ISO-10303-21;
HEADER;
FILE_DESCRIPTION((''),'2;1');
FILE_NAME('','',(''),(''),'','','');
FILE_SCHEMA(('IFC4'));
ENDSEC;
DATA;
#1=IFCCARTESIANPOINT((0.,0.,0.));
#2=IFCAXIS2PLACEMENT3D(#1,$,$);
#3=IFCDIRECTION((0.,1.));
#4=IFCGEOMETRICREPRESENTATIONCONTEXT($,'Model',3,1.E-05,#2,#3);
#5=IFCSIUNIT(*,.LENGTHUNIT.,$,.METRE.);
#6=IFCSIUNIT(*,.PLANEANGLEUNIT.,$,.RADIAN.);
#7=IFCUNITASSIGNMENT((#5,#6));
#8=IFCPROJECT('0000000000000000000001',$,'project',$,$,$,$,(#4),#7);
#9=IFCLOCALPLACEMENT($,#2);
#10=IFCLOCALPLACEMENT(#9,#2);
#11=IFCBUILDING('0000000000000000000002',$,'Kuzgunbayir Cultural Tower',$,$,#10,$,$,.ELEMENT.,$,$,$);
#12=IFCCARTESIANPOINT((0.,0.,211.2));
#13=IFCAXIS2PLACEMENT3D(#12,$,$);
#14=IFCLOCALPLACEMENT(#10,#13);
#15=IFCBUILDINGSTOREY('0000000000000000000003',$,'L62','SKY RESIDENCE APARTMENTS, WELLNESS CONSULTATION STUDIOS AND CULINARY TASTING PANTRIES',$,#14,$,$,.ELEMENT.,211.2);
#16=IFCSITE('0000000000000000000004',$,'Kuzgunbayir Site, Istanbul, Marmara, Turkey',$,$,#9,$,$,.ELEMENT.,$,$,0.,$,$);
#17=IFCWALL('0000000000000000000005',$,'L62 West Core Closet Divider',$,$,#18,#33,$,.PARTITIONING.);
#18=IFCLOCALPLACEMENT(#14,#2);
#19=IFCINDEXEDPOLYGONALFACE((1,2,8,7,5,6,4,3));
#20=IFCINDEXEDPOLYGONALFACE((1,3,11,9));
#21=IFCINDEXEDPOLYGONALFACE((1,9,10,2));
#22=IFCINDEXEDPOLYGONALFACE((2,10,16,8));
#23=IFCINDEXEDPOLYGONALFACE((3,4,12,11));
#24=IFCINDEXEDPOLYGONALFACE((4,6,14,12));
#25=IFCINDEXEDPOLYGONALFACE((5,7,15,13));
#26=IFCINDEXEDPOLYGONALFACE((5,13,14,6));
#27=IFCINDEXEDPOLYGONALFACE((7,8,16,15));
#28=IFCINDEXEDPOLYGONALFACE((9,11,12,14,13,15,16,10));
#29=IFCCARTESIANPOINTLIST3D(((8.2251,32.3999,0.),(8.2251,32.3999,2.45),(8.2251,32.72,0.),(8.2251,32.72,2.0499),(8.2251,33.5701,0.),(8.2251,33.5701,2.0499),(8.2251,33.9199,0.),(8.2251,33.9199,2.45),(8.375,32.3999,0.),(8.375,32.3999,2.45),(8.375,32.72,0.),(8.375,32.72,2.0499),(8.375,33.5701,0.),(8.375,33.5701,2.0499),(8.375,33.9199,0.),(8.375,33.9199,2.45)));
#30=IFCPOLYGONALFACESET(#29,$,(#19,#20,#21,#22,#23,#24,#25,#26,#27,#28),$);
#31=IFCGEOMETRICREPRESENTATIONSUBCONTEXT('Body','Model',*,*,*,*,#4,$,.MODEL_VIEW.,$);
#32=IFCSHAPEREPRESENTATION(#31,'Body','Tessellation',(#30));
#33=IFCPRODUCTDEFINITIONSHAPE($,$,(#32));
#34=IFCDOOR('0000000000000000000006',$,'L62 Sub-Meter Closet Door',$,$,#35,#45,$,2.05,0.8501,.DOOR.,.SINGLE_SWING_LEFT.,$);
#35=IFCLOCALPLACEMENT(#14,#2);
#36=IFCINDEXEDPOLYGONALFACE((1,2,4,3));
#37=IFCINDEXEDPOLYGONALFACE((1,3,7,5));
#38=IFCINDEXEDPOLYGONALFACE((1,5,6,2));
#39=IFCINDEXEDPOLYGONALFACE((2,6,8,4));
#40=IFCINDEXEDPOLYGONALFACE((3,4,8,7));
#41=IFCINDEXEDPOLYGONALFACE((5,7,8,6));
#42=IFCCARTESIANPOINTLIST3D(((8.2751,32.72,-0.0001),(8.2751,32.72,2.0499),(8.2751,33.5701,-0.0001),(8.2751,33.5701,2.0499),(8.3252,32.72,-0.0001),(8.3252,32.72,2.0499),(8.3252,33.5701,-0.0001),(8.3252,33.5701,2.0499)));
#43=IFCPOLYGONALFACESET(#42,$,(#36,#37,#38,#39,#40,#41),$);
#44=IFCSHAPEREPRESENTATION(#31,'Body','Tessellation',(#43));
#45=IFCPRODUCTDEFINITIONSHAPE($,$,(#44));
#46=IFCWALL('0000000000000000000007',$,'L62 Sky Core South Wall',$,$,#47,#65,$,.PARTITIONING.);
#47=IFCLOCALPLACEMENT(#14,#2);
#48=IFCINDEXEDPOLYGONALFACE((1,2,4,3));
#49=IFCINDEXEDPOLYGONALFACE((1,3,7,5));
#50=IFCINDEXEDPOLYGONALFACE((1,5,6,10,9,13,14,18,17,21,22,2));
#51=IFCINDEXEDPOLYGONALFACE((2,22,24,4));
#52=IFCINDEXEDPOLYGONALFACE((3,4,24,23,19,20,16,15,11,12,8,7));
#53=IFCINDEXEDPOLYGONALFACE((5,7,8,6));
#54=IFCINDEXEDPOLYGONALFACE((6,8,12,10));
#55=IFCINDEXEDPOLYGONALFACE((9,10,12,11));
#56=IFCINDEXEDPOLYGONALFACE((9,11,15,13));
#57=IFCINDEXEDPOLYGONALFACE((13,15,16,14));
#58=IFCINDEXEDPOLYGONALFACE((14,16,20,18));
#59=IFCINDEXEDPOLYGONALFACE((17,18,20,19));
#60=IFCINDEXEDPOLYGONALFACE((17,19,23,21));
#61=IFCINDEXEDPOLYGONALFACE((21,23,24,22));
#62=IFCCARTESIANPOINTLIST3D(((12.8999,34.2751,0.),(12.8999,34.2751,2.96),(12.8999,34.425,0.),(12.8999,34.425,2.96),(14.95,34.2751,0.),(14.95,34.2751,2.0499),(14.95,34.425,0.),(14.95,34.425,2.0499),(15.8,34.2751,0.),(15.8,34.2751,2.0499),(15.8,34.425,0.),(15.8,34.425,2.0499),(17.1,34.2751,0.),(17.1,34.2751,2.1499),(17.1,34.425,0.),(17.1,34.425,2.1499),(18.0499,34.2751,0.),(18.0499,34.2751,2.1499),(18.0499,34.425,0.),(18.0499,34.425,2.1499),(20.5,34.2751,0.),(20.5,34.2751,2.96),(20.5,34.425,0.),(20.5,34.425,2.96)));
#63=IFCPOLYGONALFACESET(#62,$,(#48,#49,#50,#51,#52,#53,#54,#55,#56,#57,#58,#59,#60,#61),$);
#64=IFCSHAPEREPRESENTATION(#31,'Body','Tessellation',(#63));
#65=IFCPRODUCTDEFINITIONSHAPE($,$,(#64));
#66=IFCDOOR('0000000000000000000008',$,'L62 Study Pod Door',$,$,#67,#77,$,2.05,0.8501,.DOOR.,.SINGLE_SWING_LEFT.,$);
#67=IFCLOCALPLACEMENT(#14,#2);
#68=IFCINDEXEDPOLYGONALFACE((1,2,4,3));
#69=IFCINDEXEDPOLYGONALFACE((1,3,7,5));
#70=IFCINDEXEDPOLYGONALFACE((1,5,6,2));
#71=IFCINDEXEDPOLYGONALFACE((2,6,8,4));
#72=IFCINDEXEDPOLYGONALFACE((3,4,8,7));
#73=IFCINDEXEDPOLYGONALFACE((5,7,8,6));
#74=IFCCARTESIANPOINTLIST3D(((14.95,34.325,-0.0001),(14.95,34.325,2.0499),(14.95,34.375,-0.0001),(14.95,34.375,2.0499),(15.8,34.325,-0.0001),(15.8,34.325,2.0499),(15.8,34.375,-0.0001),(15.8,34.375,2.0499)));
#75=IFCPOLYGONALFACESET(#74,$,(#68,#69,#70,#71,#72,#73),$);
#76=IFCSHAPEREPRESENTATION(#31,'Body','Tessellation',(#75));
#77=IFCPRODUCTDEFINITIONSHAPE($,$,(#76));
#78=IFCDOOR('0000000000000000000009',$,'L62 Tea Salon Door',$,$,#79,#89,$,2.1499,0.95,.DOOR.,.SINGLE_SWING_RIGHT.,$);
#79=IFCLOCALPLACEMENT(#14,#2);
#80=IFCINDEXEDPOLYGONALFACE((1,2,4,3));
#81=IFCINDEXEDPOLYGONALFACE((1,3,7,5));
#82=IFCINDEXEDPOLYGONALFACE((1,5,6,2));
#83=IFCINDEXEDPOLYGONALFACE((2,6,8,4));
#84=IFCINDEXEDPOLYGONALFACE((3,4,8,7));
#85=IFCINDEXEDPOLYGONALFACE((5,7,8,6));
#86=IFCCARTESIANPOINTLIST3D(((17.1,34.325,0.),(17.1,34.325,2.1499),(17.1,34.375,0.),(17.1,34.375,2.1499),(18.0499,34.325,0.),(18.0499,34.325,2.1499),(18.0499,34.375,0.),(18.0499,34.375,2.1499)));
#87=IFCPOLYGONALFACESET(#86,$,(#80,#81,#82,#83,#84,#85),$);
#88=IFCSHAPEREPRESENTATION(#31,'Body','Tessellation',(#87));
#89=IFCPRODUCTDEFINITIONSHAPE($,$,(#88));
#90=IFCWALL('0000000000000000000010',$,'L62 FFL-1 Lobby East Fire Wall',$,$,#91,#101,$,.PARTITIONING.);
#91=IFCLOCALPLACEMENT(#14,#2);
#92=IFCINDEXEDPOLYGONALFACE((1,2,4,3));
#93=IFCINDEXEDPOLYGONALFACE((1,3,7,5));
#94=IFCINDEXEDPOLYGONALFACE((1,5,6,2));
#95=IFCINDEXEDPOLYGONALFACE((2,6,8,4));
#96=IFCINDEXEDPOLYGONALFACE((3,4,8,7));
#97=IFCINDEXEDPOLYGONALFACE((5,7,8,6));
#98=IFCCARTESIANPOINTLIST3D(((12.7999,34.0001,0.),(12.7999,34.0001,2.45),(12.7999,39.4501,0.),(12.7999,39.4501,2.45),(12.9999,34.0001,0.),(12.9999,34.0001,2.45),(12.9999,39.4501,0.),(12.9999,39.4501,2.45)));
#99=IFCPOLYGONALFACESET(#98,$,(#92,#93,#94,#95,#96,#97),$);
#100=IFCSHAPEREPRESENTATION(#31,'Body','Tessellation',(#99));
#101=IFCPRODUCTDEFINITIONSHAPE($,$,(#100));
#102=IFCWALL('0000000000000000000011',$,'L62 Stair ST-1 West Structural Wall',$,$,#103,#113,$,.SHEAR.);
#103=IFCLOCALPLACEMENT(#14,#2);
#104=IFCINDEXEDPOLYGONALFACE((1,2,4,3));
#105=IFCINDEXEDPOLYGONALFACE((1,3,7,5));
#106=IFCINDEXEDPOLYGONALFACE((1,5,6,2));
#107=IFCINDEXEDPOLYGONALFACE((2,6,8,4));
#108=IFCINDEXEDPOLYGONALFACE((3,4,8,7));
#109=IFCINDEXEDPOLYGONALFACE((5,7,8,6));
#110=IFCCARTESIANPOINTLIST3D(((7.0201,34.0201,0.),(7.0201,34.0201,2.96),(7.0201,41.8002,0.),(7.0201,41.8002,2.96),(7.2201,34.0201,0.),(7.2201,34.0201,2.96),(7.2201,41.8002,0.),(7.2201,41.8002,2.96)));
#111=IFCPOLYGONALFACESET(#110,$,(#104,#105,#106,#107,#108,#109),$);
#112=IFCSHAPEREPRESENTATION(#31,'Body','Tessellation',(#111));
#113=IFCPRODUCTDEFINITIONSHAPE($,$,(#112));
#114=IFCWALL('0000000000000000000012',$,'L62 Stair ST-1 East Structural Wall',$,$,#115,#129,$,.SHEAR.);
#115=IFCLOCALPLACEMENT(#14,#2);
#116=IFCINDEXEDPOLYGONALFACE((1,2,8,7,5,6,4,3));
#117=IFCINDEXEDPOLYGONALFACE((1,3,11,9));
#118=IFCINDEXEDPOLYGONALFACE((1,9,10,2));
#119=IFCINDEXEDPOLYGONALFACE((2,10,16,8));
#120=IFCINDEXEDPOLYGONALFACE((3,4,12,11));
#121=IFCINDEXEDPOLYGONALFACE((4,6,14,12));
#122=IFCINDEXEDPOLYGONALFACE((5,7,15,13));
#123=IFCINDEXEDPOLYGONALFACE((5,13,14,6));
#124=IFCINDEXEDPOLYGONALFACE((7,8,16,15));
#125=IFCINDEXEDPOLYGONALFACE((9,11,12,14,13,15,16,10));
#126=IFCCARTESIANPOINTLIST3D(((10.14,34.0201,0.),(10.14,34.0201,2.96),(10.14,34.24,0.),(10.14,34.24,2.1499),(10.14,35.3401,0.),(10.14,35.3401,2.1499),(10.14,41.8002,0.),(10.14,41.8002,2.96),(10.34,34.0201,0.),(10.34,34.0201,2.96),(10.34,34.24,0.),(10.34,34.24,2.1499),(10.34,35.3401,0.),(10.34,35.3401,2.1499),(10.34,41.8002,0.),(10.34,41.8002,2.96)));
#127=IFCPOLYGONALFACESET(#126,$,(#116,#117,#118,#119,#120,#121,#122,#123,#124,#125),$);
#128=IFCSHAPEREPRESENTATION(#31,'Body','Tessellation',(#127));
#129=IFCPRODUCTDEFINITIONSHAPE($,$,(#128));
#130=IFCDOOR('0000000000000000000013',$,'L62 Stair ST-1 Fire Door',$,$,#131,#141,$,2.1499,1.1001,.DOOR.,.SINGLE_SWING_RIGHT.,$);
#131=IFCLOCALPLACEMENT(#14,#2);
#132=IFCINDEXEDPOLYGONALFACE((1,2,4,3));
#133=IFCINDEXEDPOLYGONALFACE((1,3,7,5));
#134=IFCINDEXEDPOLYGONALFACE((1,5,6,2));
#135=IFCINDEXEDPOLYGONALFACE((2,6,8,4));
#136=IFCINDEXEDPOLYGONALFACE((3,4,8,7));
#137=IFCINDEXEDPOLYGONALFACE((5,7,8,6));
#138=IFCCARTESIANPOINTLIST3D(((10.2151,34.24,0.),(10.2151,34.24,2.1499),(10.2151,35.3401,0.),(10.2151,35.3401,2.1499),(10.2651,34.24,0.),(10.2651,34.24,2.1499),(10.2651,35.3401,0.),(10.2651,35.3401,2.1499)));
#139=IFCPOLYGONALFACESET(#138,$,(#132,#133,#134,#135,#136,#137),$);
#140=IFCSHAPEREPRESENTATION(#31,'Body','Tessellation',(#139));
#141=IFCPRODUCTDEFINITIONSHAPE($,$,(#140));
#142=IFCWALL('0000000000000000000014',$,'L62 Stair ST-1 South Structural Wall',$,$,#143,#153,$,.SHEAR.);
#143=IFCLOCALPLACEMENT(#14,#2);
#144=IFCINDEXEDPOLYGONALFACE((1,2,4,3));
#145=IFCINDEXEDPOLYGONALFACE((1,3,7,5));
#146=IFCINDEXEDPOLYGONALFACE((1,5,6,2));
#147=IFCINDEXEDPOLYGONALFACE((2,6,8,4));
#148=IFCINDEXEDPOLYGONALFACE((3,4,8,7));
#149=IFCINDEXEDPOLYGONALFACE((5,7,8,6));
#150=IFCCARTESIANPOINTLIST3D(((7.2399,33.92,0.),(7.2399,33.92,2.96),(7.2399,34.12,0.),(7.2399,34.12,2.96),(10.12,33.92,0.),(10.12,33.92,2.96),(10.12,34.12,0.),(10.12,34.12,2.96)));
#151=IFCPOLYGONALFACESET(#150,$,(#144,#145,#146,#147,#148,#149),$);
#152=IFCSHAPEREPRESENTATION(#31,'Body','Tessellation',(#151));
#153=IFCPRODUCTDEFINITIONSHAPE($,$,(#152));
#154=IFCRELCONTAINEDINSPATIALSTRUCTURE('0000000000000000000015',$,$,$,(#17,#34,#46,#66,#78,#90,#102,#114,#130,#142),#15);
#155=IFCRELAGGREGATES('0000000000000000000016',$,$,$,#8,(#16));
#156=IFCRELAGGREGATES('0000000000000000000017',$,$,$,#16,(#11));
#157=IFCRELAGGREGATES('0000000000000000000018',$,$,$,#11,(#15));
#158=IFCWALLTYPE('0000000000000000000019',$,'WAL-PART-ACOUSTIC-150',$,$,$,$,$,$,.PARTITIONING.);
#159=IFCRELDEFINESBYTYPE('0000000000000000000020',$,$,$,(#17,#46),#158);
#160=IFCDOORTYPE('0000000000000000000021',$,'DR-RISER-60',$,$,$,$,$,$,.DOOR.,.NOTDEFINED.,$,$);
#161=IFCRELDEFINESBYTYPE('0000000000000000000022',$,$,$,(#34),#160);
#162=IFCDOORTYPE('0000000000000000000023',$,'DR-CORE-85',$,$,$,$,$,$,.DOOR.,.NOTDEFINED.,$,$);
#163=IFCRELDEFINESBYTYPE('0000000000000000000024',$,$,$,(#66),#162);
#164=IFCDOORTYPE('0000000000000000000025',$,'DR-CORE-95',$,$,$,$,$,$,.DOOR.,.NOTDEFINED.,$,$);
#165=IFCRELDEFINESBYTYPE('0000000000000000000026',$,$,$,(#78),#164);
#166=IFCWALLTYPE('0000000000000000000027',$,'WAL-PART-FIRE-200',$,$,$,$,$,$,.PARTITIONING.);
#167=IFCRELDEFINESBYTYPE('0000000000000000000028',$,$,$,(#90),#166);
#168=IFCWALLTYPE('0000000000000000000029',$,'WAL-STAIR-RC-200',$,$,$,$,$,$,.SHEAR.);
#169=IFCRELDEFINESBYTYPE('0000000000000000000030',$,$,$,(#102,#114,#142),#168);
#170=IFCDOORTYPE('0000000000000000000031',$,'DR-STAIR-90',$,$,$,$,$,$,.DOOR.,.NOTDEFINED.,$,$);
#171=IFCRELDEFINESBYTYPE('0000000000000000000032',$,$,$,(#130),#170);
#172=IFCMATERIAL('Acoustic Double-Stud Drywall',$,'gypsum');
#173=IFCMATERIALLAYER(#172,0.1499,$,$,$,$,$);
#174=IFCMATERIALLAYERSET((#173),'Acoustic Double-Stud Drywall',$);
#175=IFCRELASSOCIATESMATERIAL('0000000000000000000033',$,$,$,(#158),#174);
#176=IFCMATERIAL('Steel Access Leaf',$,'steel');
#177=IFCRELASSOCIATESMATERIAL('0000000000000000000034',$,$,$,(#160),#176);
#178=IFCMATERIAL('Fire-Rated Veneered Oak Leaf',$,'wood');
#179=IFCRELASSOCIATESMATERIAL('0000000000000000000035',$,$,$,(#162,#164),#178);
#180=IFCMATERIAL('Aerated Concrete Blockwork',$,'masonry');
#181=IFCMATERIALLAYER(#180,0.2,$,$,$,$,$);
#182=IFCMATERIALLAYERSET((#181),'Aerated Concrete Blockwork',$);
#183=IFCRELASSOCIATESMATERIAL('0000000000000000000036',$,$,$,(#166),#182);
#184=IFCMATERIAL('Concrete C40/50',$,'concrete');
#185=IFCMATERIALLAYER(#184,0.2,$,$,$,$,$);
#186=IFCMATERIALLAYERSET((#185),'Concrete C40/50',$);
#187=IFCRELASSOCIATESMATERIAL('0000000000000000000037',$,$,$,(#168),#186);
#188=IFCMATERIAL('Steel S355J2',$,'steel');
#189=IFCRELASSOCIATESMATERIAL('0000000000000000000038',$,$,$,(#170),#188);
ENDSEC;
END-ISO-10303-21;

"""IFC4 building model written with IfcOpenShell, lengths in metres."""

from ifc_helpers import new_model, si_unit, direction, frame, frame_2d, origin, place, context, subcontext, project, spatial, rectangle, extrude, material, layer, layer_set, type_object, element, fill, save


model = new_model("IFC4")

# Units and contexts
model_context = context("Model", 3, precision=1e-05, world=origin(), true_north=direction((0.0, 1.0)))
body_context = subcontext(model_context, "Body", "Model", "MODEL_VIEW")
ifc_project = project(units=[si_unit("LENGTHUNIT", "METRE"), si_unit("PLANEANGLEUNIT", "RADIAN")], contexts=[model_context])

# Site, building, storey
site_placement = place(None, origin())
site = spatial("IfcSite", under=ifc_project, at=site_placement, Name="Kuzgunbayir Site, Istanbul, Marmara, Turkey", CompositionType="ELEMENT", RefElevation=0.0)
building_placement = place(site_placement, origin())
building = spatial("IfcBuilding", under=site, at=building_placement, Name="Kuzgunbayir Cultural Tower", CompositionType="ELEMENT")
storey_placement = place(building_placement, frame((0.0, 0.0, 211.2)))
storey = spatial("IfcBuildingStorey", under=building, at=storey_placement, Name="L62", Description="SKY RESIDENCE APARTMENTS, WELLNESS CONSULTATION STUDIOS AND CULINARY TASTING PANTRIES", CompositionType="ELEMENT", Elevation=211.2)

# Shared definitions
ifc_material_1 = material(Name="Steel S355J2", Category="steel")

# Wall, opening, door
ifc_material_2 = material(Name="Acoustic Double-Stud Drywall", Category="gypsum")
ifc_layer_1 = layer(ifc_material_2, 0.1499)
ifc_layer_set_1 = layer_set([ifc_layer_1], Name="Acoustic Double-Stud Drywall")
wall_type_1 = type_object("IfcWallType", Name="WAL-PART-ACOUSTIC-150", PredefinedType="PARTITIONING", material=ifc_layer_set_1)
wall_1_placement = place(storey_placement, frame((8.3, 32.3999, 0.0), z_axis=(0.0, 0.0, 1.0), x_axis=(0.0, 1.0, 0.0)))
wall_1 = element("IfcWall", 1, at=wall_1_placement, inside=storey, type_object=wall_type_1, Name="L62 West Core Closet Divider", PredefinedType="PARTITIONING", context=body_context, shape_type="SweptSolid", body=[
    extrude(rectangle(XDim=1.52, YDim=0.1499, at=frame_2d((0.76, 0.0))), origin(), (0.0, 0.0, 1.0), 2.45),
])
opening_1_placement = place(wall_1_placement, frame((0.3201, 0.0, 0.0)))
opening_1 = element("IfcOpeningElement", 2, at=opening_1_placement, cuts=wall_1, PredefinedType="OPENING", context=body_context, shape_type="SweptSolid", body=[
    extrude(rectangle(XDim=0.8501, YDim=2.05, at=frame_2d((0.425, 1.0249))), frame((0.0, 0.085, 0.0), z_axis=(0.0, -1.0, 0.0), x_axis=(1.0, 0.0, 0.0)), (0.0, 0.0, 1.0), 0.1699),
])
ifc_material_3 = material(Name="Steel Access Leaf", Category="steel")
door_type_1 = type_object("IfcDoorType", Name="DR-RISER-60", OperationType="NOTDEFINED", PredefinedType="DOOR", material=ifc_material_3)
door_1_placement = place(opening_1_placement, origin())
door_1 = element("IfcDoor", 3, at=door_1_placement, inside=storey, type_object=door_type_1, Name="L62 Sub-Meter Closet Door", OperationType="SINGLE_SWING_LEFT", OverallHeight=2.05, OverallWidth=0.8501, PredefinedType="DOOR", context=body_context, shape_type="SweptSolid", body=[
    extrude(rectangle(XDim=0.8501, YDim=2.05, at=frame_2d((0.425, 1.0249))), frame((0.0, 0.0249, 0.0), z_axis=(0.0, -1.0, 0.0), x_axis=(1.0, 0.0, 0.0)), (0.0, 0.0, 1.0), 0.05),
])
fill(opening_1, door_1)

# Wall, openings, doors
wall_2_placement = place(storey_placement, frame((12.8999, 34.3501, 0.0), z_axis=(0.0, 0.0, 1.0), x_axis=(1.0, 0.0, 0.0)))
wall_2 = element("IfcWall", 4, at=wall_2_placement, inside=storey, type_object=wall_type_1, Name="L62 Sky Core South Wall", PredefinedType="PARTITIONING", context=body_context, shape_type="SweptSolid", body=[
    extrude(rectangle(XDim=7.6001, YDim=0.1499, at=frame_2d((3.8, 0.0))), origin(), (0.0, 0.0, 1.0), 2.96),
])
opening_2_placement = place(wall_2_placement, frame((2.05, 0.0, 0.0)))
opening_2 = element("IfcOpeningElement", 5, at=opening_2_placement, cuts=wall_2, PredefinedType="OPENING", context=body_context, shape_type="SweptSolid", body=[
    extrude(rectangle(XDim=0.8501, YDim=2.05, at=frame_2d((0.425, 1.0249))), frame((0.0, 0.085, 0.0), z_axis=(0.0, -1.0, 0.0), x_axis=(1.0, 0.0, 0.0)), (0.0, 0.0, 1.0), 0.1699),
])
opening_3_placement = place(wall_2_placement, frame((4.2, 0.0, 0.0)))
opening_3 = element("IfcOpeningElement", 6, at=opening_3_placement, cuts=wall_2, PredefinedType="OPENING", context=body_context, shape_type="SweptSolid", body=[
    extrude(rectangle(XDim=0.95, YDim=2.1499, at=frame_2d((0.4751, 1.075))), frame((0.0, 0.085, 0.0), z_axis=(0.0, -1.0, 0.0), x_axis=(1.0, 0.0, 0.0)), (0.0, 0.0, 1.0), 0.1699),
])
ifc_material_4 = material(Name="Fire-Rated Veneered Oak Leaf", Category="wood")
door_type_2 = type_object("IfcDoorType", Name="DR-CORE-85", OperationType="NOTDEFINED", PredefinedType="DOOR", material=ifc_material_4)
door_2_placement = place(opening_2_placement, origin())
door_2 = element("IfcDoor", 7, at=door_2_placement, inside=storey, type_object=door_type_2, Name="L62 Study Pod Door", OperationType="SINGLE_SWING_LEFT", OverallHeight=2.05, OverallWidth=0.8501, PredefinedType="DOOR", context=body_context, shape_type="SweptSolid", body=[
    extrude(rectangle(XDim=0.8501, YDim=2.05, at=frame_2d((0.425, 1.0249))), frame((0.0, 0.0249, 0.0), z_axis=(0.0, -1.0, 0.0), x_axis=(1.0, 0.0, 0.0)), (0.0, 0.0, 1.0), 0.05),
])
fill(opening_2, door_2)
door_type_3 = type_object("IfcDoorType", Name="DR-CORE-95", OperationType="NOTDEFINED", PredefinedType="DOOR", material=ifc_material_4)
door_3_placement = place(opening_3_placement, origin())
door_3 = element("IfcDoor", 8, at=door_3_placement, inside=storey, type_object=door_type_3, Name="L62 Tea Salon Door", OperationType="SINGLE_SWING_RIGHT", OverallHeight=2.1499, OverallWidth=0.95, PredefinedType="DOOR", context=body_context, shape_type="SweptSolid", body=[
    extrude(rectangle(XDim=0.95, YDim=2.1499, at=frame_2d((0.4751, 1.075))), frame((0.0, 0.0249, 0.0), z_axis=(0.0, -1.0, 0.0), x_axis=(1.0, 0.0, 0.0)), (0.0, 0.0, 1.0), 0.05),
])
fill(opening_3, door_3)

# Wall
ifc_material_5 = material(Name="Aerated Concrete Blockwork", Category="masonry")
ifc_layer_2 = layer(ifc_material_5, 0.2)
ifc_layer_set_2 = layer_set([ifc_layer_2], Name="Aerated Concrete Blockwork")
wall_type_2 = type_object("IfcWallType", Name="WAL-PART-FIRE-200", PredefinedType="PARTITIONING", material=ifc_layer_set_2)
wall_3_placement = place(storey_placement, frame((12.8999, 34.0, 0.0), z_axis=(0.0, 0.0, 1.0), x_axis=(0.0, 1.0, 0.0)))
element("IfcWall", 9, at=wall_3_placement, inside=storey, type_object=wall_type_2, Name="L62 FFL-1 Lobby East Fire Wall", PredefinedType="PARTITIONING", context=body_context, shape_type="SweptSolid", body=[
    extrude(rectangle(XDim=5.45, YDim=0.2, at=frame_2d((2.7251, 0.0))), origin(), (0.0, 0.0, 1.0), 2.45),
])

# Wall
ifc_material_6 = material(Name="Concrete C40/50", Category="concrete")
ifc_layer_3 = layer(ifc_material_6, 0.2)
ifc_layer_set_3 = layer_set([ifc_layer_3], Name="Concrete C40/50")
wall_type_3 = type_object("IfcWallType", Name="WAL-STAIR-RC-200", PredefinedType="SHEAR", material=ifc_layer_set_3)
wall_4_placement = place(storey_placement, frame((7.1201, 34.02, 0.0), z_axis=(0.0, 0.0, 1.0), x_axis=(0.0, 1.0, 0.0)))
element("IfcWall", 10, at=wall_4_placement, inside=storey, type_object=wall_type_3, Name="L62 Stair ST-1 West Structural Wall", PredefinedType="SHEAR", context=body_context, shape_type="SweptSolid", body=[
    extrude(rectangle(XDim=7.78, YDim=0.2, at=frame_2d((3.8901, 0.0))), origin(), (0.0, 0.0, 1.0), 2.96),
])

# Wall, opening, door
wall_5_placement = place(storey_placement, frame((10.24, 34.02, 0.0), z_axis=(0.0, 0.0, 1.0), x_axis=(0.0, 1.0, 0.0)))
wall_5 = element("IfcWall", 11, at=wall_5_placement, inside=storey, type_object=wall_type_3, Name="L62 Stair ST-1 East Structural Wall", PredefinedType="SHEAR", context=body_context, shape_type="SweptSolid", body=[
    extrude(rectangle(XDim=7.78, YDim=0.2, at=frame_2d((3.8901, 0.0))), origin(), (0.0, 0.0, 1.0), 2.96),
])
opening_4_placement = place(wall_5_placement, frame((0.22, 0.0, 0.0)))
opening_4 = element("IfcOpeningElement", 12, at=opening_4_placement, cuts=wall_5, PredefinedType="OPENING", context=body_context, shape_type="SweptSolid", body=[
    extrude(rectangle(XDim=1.1001, YDim=2.1499, at=frame_2d((0.55, 1.075))), frame((0.0, 0.1099, 0.0), z_axis=(0.0, -1.0, 0.0), x_axis=(1.0, 0.0, 0.0)), (0.0, 0.0, 1.0), 0.22),
])
door_type_4 = type_object("IfcDoorType", Name="DR-STAIR-90", OperationType="NOTDEFINED", PredefinedType="DOOR", material=ifc_material_1)
door_4_placement = place(opening_4_placement, origin())
door_4 = element("IfcDoor", 13, at=door_4_placement, inside=storey, type_object=door_type_4, Name="L62 Stair ST-1 Fire Door", OperationType="SINGLE_SWING_RIGHT", OverallHeight=2.1499, OverallWidth=1.1001, PredefinedType="DOOR", context=body_context, shape_type="SweptSolid", body=[
    extrude(rectangle(XDim=1.1001, YDim=2.1499, at=frame_2d((0.55, 1.075))), frame((0.0, 0.0249, 0.0), z_axis=(0.0, -1.0, 0.0), x_axis=(1.0, 0.0, 0.0)), (0.0, 0.0, 1.0), 0.05),
])
fill(opening_4, door_4)

# Wall
wall_6_placement = place(storey_placement, frame((7.24, 34.02, 0.0), z_axis=(0.0, 0.0, 1.0), x_axis=(1.0, 0.0, 0.0)))
element("IfcWall", 14, at=wall_6_placement, inside=storey, type_object=wall_type_3, Name="L62 Stair ST-1 South Structural Wall", PredefinedType="SHEAR", context=body_context, shape_type="SweptSolid", body=[
    extrude(rectangle(XDim=2.8801, YDim=0.2, at=frame_2d((1.4399, 0.0))), origin(), (0.0, 0.0, 1.0), 2.96),
])

save(model, "model.ifc")
